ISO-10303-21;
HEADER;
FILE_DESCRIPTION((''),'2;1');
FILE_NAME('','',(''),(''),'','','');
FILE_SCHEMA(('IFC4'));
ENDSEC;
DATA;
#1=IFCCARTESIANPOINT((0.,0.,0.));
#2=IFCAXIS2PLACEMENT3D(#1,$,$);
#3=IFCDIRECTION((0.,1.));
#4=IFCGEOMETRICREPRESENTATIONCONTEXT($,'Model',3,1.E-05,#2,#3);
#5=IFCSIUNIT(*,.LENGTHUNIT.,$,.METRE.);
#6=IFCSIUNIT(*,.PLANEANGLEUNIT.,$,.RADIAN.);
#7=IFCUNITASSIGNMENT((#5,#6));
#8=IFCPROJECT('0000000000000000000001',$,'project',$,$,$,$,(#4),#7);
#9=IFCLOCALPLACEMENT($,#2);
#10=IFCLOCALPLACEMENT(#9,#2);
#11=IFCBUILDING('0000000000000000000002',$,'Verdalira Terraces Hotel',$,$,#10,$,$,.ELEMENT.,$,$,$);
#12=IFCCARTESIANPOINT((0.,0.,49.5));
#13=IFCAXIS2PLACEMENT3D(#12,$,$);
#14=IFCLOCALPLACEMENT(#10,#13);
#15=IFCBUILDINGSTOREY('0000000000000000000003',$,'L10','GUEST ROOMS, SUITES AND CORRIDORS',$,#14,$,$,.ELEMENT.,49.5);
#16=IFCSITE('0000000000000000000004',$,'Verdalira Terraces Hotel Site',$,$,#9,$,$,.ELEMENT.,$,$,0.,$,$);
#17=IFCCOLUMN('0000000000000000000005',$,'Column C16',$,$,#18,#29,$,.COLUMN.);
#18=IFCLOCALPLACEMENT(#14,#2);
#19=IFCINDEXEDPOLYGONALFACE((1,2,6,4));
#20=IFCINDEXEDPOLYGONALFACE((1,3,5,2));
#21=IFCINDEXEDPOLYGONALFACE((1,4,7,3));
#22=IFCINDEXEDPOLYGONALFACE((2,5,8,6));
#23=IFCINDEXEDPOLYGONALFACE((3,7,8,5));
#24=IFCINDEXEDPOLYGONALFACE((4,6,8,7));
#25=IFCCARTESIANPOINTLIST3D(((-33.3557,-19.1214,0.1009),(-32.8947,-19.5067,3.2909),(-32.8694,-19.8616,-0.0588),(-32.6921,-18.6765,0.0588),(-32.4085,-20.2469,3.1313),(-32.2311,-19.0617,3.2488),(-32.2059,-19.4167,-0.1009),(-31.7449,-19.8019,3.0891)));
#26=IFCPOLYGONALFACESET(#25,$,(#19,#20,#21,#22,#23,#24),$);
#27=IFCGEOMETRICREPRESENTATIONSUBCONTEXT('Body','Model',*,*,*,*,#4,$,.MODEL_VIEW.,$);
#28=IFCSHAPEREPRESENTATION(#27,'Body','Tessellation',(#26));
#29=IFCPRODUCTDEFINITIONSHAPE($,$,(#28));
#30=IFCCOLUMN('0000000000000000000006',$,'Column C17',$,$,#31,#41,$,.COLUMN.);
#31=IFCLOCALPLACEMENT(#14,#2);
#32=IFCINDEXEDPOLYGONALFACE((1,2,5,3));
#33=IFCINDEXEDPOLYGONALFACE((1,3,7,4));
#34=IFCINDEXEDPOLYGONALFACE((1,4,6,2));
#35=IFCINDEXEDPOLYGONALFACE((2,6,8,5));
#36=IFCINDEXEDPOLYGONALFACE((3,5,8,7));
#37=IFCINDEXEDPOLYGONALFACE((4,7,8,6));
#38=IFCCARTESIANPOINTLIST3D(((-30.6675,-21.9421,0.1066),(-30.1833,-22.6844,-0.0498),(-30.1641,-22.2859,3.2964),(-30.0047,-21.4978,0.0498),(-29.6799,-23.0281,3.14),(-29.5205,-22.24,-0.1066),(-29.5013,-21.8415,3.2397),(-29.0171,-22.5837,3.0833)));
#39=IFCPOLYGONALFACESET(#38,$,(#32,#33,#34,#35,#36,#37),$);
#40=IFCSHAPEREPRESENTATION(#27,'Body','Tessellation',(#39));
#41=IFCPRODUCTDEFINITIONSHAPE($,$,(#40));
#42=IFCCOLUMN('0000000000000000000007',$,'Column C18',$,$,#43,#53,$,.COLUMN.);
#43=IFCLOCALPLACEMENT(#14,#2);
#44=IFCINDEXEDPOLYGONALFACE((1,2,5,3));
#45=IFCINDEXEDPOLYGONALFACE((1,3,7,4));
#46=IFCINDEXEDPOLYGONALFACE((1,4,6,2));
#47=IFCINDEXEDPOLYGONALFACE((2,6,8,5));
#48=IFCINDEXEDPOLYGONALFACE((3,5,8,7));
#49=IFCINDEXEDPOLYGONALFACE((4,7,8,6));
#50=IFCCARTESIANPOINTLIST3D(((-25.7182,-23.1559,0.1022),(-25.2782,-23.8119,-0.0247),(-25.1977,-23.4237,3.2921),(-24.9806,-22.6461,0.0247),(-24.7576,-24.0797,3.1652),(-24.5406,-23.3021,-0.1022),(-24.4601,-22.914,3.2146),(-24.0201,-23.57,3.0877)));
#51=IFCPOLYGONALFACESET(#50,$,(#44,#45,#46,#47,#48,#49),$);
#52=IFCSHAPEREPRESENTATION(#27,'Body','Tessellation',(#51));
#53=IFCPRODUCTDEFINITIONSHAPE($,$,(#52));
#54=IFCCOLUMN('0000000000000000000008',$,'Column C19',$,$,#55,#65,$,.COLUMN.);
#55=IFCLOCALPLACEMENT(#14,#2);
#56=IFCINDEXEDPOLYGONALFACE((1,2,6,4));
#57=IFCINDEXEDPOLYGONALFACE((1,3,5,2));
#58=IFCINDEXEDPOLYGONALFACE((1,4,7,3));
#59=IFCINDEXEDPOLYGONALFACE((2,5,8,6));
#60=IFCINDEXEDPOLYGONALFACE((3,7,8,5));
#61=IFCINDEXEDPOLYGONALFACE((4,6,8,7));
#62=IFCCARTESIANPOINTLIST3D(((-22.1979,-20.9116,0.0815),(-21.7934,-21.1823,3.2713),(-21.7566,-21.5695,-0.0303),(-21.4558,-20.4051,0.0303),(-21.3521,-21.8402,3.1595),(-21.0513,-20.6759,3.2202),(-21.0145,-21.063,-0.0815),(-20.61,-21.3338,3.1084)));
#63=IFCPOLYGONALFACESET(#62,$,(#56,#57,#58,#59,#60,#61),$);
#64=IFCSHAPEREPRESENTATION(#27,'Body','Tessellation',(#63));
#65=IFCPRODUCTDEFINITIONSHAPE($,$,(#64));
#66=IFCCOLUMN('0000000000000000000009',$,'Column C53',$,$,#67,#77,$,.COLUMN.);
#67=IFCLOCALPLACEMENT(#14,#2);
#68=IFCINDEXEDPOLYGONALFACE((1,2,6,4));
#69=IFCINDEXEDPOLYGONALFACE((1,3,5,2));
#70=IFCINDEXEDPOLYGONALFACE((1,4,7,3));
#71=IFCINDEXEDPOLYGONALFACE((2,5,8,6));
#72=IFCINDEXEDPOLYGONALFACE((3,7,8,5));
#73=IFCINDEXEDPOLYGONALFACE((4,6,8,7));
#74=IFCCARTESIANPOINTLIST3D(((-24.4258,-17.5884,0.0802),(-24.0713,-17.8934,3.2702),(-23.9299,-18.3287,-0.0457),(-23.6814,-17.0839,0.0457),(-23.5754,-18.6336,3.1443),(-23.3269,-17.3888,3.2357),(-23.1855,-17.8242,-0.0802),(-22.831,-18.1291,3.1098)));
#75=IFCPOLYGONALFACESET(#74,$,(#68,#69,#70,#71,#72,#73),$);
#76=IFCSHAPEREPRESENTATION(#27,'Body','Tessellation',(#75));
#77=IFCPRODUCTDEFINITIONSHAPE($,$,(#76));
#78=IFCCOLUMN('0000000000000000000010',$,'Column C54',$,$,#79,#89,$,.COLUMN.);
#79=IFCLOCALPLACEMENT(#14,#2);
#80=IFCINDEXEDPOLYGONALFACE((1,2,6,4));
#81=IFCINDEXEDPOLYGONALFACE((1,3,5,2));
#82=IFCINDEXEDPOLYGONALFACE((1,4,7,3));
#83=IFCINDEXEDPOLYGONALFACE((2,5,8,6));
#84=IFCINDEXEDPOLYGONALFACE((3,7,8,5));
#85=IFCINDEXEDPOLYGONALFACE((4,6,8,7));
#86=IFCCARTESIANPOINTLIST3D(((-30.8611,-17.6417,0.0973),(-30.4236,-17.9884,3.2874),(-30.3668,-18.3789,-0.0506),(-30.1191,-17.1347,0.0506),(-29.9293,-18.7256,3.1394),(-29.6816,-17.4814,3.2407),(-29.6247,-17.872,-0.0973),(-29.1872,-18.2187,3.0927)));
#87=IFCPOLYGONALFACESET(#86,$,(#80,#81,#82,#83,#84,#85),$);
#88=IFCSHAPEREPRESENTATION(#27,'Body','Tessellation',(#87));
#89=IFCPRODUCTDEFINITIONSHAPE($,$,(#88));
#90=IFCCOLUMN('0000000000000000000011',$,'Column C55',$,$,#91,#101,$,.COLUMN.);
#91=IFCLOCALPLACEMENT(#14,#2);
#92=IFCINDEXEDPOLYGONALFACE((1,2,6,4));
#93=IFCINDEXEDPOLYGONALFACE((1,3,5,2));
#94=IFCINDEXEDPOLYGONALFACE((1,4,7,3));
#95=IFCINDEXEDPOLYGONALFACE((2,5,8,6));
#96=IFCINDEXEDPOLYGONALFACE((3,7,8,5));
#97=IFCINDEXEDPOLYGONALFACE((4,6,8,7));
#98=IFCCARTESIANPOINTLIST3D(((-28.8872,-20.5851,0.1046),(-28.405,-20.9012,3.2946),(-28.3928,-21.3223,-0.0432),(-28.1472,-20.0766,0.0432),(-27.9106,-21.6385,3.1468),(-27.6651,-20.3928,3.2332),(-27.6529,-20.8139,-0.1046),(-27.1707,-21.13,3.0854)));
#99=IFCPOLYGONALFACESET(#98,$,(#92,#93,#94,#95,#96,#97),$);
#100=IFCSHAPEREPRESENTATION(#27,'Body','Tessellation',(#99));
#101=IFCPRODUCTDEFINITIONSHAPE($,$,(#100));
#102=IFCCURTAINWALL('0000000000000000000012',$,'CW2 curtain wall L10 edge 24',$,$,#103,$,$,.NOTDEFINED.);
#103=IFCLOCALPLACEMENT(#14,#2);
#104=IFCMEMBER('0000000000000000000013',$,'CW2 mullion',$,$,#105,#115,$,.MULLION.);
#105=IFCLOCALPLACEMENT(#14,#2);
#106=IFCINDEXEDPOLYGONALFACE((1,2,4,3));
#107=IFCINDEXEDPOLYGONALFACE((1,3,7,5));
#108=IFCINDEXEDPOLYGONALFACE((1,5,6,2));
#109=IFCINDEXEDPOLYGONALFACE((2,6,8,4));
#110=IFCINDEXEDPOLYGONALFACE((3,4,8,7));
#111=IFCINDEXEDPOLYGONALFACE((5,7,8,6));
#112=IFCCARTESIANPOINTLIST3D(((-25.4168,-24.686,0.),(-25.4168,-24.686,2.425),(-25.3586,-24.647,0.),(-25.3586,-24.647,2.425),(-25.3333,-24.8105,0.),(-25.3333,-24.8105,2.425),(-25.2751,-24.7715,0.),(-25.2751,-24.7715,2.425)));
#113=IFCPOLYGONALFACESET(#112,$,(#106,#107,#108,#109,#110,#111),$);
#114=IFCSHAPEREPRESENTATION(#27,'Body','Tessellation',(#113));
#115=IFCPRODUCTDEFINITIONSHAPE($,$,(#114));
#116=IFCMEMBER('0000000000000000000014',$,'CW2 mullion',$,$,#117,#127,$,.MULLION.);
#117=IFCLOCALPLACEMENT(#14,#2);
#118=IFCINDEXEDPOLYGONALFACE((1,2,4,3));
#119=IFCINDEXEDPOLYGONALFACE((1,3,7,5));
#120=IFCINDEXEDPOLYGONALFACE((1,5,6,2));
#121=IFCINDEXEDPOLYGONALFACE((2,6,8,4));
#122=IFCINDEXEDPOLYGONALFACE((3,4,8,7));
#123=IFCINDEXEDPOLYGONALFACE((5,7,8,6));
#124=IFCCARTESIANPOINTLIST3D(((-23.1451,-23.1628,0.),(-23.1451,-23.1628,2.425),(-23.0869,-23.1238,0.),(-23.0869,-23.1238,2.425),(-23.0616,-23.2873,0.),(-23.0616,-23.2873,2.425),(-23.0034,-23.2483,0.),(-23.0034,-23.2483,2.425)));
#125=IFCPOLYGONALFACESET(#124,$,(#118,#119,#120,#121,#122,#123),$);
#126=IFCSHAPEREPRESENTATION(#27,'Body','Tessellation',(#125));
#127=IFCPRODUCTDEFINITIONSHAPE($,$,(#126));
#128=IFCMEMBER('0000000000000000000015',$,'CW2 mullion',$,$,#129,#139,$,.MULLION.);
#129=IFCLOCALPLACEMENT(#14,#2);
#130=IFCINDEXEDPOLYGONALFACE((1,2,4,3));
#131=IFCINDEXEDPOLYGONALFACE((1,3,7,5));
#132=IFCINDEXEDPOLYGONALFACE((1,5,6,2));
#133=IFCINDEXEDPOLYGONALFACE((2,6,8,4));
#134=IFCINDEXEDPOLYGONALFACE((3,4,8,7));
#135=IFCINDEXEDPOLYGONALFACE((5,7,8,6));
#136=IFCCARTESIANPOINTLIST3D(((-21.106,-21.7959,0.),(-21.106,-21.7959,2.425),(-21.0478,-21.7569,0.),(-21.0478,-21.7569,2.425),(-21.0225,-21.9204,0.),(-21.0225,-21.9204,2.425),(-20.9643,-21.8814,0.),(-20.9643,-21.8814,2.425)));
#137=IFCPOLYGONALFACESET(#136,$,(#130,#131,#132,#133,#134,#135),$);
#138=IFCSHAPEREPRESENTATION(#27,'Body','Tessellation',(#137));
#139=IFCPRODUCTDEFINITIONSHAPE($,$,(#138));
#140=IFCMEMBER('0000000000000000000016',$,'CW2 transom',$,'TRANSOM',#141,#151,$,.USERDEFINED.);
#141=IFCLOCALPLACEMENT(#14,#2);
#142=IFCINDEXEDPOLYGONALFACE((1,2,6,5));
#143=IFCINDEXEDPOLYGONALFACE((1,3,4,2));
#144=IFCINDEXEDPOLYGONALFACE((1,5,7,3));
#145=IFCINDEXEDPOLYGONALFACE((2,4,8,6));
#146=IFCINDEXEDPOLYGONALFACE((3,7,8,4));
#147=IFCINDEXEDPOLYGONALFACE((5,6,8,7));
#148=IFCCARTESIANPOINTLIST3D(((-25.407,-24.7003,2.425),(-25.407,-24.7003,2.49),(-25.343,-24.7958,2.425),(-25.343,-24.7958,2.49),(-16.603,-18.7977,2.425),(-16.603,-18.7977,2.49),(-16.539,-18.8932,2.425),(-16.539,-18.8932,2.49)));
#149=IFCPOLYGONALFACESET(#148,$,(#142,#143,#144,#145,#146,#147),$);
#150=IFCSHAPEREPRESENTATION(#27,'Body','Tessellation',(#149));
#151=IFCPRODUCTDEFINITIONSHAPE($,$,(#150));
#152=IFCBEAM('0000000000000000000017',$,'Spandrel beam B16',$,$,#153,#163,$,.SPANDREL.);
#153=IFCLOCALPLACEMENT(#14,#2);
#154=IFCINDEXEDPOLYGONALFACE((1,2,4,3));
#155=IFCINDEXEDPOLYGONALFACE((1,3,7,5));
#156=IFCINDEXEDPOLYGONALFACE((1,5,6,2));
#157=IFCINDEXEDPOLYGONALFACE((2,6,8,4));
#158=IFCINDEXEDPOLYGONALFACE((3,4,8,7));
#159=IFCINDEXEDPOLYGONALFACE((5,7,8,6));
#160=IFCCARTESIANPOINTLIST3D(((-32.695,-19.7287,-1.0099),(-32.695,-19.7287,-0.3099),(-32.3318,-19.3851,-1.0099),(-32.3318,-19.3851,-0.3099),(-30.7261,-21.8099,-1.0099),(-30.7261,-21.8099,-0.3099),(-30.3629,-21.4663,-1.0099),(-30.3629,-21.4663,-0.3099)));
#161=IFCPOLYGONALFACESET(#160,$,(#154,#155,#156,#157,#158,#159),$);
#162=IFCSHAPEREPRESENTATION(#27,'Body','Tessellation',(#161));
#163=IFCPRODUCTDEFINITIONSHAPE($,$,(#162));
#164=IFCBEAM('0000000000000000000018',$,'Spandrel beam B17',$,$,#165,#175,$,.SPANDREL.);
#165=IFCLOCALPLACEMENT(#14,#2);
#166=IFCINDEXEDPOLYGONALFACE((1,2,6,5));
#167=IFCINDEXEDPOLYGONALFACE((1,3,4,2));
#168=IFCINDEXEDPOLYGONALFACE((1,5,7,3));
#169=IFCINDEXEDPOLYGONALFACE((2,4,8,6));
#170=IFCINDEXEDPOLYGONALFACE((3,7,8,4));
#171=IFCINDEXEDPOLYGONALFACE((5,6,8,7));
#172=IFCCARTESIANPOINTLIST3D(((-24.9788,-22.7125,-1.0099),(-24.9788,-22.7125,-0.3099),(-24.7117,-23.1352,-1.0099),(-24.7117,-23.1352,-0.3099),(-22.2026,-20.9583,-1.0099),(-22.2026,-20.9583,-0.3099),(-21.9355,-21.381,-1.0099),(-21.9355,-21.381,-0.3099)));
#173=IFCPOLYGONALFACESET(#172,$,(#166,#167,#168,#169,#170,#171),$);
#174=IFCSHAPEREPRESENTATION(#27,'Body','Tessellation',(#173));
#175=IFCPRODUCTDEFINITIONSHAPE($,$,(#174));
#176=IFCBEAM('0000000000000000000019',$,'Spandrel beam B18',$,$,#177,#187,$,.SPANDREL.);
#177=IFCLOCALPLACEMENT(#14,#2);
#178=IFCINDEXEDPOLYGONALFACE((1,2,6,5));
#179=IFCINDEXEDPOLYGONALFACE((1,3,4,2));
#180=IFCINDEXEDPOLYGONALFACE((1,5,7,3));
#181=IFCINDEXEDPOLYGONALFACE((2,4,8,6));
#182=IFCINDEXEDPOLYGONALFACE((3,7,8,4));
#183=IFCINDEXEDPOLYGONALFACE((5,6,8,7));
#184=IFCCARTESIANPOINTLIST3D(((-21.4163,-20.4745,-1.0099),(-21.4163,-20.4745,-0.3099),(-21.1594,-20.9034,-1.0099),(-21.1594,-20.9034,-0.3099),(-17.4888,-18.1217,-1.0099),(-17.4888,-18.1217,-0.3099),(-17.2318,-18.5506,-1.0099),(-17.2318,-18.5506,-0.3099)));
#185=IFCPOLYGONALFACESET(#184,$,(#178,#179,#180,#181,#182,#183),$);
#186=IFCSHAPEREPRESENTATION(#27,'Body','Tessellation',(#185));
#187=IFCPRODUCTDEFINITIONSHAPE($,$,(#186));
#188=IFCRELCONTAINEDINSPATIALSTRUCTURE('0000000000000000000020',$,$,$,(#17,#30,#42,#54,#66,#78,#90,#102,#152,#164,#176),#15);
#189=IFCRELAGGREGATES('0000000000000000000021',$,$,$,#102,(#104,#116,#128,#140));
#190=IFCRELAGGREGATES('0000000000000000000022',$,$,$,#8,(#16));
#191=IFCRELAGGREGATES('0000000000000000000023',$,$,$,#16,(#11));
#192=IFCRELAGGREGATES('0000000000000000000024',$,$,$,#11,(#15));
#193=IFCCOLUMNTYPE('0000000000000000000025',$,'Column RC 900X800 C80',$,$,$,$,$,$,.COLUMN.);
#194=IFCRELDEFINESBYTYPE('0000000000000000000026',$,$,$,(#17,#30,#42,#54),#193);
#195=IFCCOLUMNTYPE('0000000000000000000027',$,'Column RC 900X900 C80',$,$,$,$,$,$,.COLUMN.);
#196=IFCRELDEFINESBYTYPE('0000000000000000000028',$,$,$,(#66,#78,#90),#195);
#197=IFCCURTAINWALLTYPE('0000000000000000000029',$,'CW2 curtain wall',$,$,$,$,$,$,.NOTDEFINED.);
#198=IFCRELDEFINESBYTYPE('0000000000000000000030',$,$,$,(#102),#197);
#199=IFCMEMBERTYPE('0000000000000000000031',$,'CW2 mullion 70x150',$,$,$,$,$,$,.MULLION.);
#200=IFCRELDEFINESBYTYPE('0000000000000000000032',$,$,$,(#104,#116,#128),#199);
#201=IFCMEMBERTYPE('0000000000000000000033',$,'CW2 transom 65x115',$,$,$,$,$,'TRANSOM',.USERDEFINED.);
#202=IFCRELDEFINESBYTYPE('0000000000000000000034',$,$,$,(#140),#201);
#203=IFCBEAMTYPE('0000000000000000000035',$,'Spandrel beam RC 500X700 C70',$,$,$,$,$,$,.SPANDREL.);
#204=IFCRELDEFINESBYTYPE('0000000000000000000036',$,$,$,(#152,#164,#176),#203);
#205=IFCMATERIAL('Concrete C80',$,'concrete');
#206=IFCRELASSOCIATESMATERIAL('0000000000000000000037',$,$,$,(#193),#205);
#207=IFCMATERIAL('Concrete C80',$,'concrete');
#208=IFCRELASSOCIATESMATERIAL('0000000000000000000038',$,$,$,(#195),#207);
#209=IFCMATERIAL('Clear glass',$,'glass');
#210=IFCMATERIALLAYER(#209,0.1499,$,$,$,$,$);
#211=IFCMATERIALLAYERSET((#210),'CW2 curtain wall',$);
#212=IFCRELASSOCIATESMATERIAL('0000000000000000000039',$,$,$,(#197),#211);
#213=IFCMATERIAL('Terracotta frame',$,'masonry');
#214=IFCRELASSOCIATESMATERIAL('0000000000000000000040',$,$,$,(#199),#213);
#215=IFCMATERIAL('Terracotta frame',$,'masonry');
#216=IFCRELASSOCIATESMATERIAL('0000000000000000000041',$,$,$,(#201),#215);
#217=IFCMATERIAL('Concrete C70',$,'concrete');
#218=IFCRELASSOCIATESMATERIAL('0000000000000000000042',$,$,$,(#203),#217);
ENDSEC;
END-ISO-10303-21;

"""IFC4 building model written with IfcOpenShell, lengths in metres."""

from ifc_helpers import new_model, si_unit, direction, frame, origin, origin_2d, place, context, subcontext, project, spatial, rectangle, extrude, material, layer, layer_set, material_profile, profile_set, type_object, element, aggregate, save


model = new_model("IFC4")

# Units and contexts
model_context = context("Model", 3, precision=1e-05, world=origin(), true_north=direction((0.0, 1.0)))
body_context = subcontext(model_context, "Body", "Model", "MODEL_VIEW")
ifc_project = project(units=[si_unit("LENGTHUNIT", "METRE"), si_unit("PLANEANGLEUNIT", "RADIAN")], contexts=[model_context])

# Site, building, storey
site_placement = place(None, origin())
site = spatial("IfcSite", under=ifc_project, at=site_placement, Name="Verdalira Terraces Hotel Site", CompositionType="ELEMENT", RefElevation=0.0)
building_placement = place(site_placement, origin())
building = spatial("IfcBuilding", under=site, at=building_placement, Name="Verdalira Terraces Hotel", CompositionType="ELEMENT")
storey_placement = place(building_placement, frame((0.0, 0.0, 49.5)))
storey = spatial("IfcBuildingStorey", under=building, at=storey_placement, Name="L10", Description="GUEST ROOMS, SUITES AND CORRIDORS", CompositionType="ELEMENT", Elevation=49.5)

# Columns
ifc_material_1 = material(Name="Concrete C80", Category="concrete")
ifc_material_profile_1 = material_profile(ifc_material_1, rectangle(XDim=0.8999, YDim=0.8, at=origin_2d()), Name="RC 900X800")
ifc_profile_set_1 = profile_set([ifc_material_profile_1], Name="Concrete C80")
column_type_1 = type_object("IfcColumnType", Name="Column RC 900X800 C80", PredefinedType="COLUMN", material=ifc_profile_set_1)
column_1_placement = place(storey_placement, frame((-32.7808, -19.269, 0.0), z_axis=(0.142001, -0.118685, 0.982726), x_axis=(0.540302, -0.822556, -0.177413)))
element("IfcColumn", 1, at=column_1_placement, inside=storey, type_object=column_type_1, Name="Column C16", PredefinedType="COLUMN", context=body_context, shape_type="SweptSolid", body=[
    extrude(rectangle(XDim=0.8999, YDim=0.8, at=origin_2d()), origin(), (0.0, 0.0, 1.0), 3.2461),
])
column_2_placement = place(storey_placement, frame((-30.094, -22.0911, 0.0), z_axis=(0.155009, -0.105845, 0.982227), x_axis=(0.538067, -0.824791, -0.173794)))
element("IfcColumn", 2, at=column_2_placement, inside=storey, type_object=column_type_1, Name="Column C17", PredefinedType="COLUMN", context=body_context, shape_type="SweptSolid", body=[
    extrude(rectangle(XDim=0.8999, YDim=0.8, at=origin_2d()), origin(), (0.0, 0.0, 1.0), 3.2476),
])
column_3_placement = place(storey_placement, frame((-25.1294, -23.229, 0.0), z_axis=(0.160492, -0.082579, 0.983577), x_axis=(0.819589, 0.566434, -0.086177)))
element("IfcColumn", 3, at=column_3_placement, inside=storey, type_object=column_type_1, Name="Column C18", PredefinedType="COLUMN", context=body_context, shape_type="SweptSolid", body=[
    extrude(rectangle(XDim=0.8999, YDim=0.8, at=origin_2d()), origin(), (0.0, 0.0, 1.0), 3.2432),
])
column_4_placement = place(storey_placement, frame((-21.6062, -20.9873, 0.0), z_axis=(0.125366, -0.083905, 0.988556), x_axis=(0.82465, 0.562784, -0.056813)))
element("IfcColumn", 4, at=column_4_placement, inside=storey, type_object=column_type_1, Name="Column C19", PredefinedType="COLUMN", context=body_context, shape_type="SweptSolid", body=[
    extrude(rectangle(XDim=0.8999, YDim=0.8, at=origin_2d()), origin(), (0.0, 0.0, 1.0), 3.2268),
])
ifc_material_2 = material(Name="Concrete C80", Category="concrete")
ifc_material_profile_2 = material_profile(ifc_material_2, rectangle(XDim=0.8999, YDim=0.8999, at=origin_2d()), Name="RC 900X900")
ifc_profile_set_2 = profile_set([ifc_material_profile_2], Name="Concrete C80")
column_type_2 = type_object("IfcColumnType", Name="Column RC 900X900 C80", PredefinedType="COLUMN", material=ifc_profile_set_2)
column_5_placement = place(storey_placement, frame((-23.8057, -17.7063, 0.0), z_axis=(0.109953, -0.094581, 0.989426), x_axis=(-0.82717, -0.560643, 0.038329)))
element("IfcColumn", 5, at=column_5_placement, inside=storey, type_object=column_type_2, Name="Column C53", PredefinedType="COLUMN", context=body_context, shape_type="SweptSolid", body=[
    extrude(rectangle(XDim=0.8999, YDim=0.8999, at=origin_2d()), origin(), (0.0, 0.0, 1.0), 3.2241),
])
column_6_placement = place(storey_placement, frame((-30.2429, -17.7568, 0.0), z_axis=(0.135097, -0.107052, 0.985032), x_axis=(-0.824597, -0.563338, 0.05187)))
element("IfcColumn", 6, at=column_6_placement, inside=storey, type_object=column_type_2, Name="Column C54", PredefinedType="COLUMN", context=body_context, shape_type="SweptSolid", body=[
    extrude(rectangle(XDim=0.8999, YDim=0.8999, at=origin_2d()), origin(), (0.0, 0.0, 1.0), 3.2385),
])
column_7_placement = place(storey_placement, frame((-28.27, -20.6995, 0.0), z_axis=(0.148745, -0.097532, 0.984054), x_axis=(-0.822232, -0.565041, 0.068283)))
element("IfcColumn", 7, at=column_7_placement, inside=storey, type_object=column_type_2, Name="Column C55", PredefinedType="COLUMN", context=body_context, shape_type="SweptSolid", body=[
    extrude(rectangle(XDim=0.8999, YDim=0.8999, at=origin_2d()), origin(), (0.0, 0.0, 1.0), 3.2417),
])

# Curtain wall, members
ifc_material_3 = material(Name="Clear glass", Category="glass")
ifc_layer_1 = layer(ifc_material_3, 0.1499)
ifc_layer_set_1 = layer_set([ifc_layer_1], Name="CW2 curtain wall")
curtain_wall_type = type_object("IfcCurtainWallType", Name="CW2 curtain wall", PredefinedType="NOTDEFINED", material=ifc_layer_set_1)
curtain_wall_placement = place(storey_placement, origin())
curtain_wall = element("IfcCurtainWall", 8, at=curtain_wall_placement, inside=storey, type_object=curtain_wall_type, Name="CW2 curtain wall L10 edge 24", PredefinedType="NOTDEFINED")
ifc_material_4 = material(Name="Terracotta frame", Category="masonry")
ifc_material_profile_3 = material_profile(ifc_material_4, rectangle(XDim=0.0701, YDim=0.1499, at=origin_2d()), Name="MU 70x150")
ifc_profile_set_3 = profile_set([ifc_material_profile_3], Name="Terracotta frame")
member_type_1 = type_object("IfcMemberType", Name="CW2 mullion 70x150", PredefinedType="MULLION", material=ifc_profile_set_3)
member_1_placement = place(storey_placement, frame((-25.3459, -24.7288, 0.0), z_axis=(0.0, 0.0, 1.0), x_axis=(0.830596, 0.556876, 0.0)))
member_1 = element("IfcMember", 9, at=member_1_placement, type_object=member_type_1, Name="CW2 mullion", PredefinedType="MULLION", context=body_context, shape_type="SweptSolid", body=[
    extrude(rectangle(XDim=0.0701, YDim=0.1499, at=origin_2d()), origin(), (0.0, 0.0, 1.0), 2.425),
])
member_2_placement = place(storey_placement, frame((-23.0742, -23.2056, 0.0), z_axis=(0.0, 0.0, 1.0), x_axis=(0.830596, 0.556876, 0.0)))
member_2 = element("IfcMember", 10, at=member_2_placement, type_object=member_type_1, Name="CW2 mullion", PredefinedType="MULLION", context=body_context, shape_type="SweptSolid", body=[
    extrude(rectangle(XDim=0.0701, YDim=0.1499, at=origin_2d()), origin(), (0.0, 0.0, 1.0), 2.425),
])
member_3_placement = place(storey_placement, frame((-21.0352, -21.8386, 0.0), z_axis=(0.0, 0.0, 1.0), x_axis=(0.830596, 0.556876, 0.0)))
member_3 = element("IfcMember", 11, at=member_3_placement, type_object=member_type_1, Name="CW2 mullion", PredefinedType="MULLION", context=body_context, shape_type="SweptSolid", body=[
    extrude(rectangle(XDim=0.0701, YDim=0.1499, at=origin_2d()), origin(), (0.0, 0.0, 1.0), 2.425),
])
ifc_material_5 = material(Name="Terracotta frame", Category="masonry")
ifc_material_profile_4 = material_profile(ifc_material_5, rectangle(XDim=0.115, YDim=0.0649, at=origin_2d()), Name="TR 65x115")
ifc_profile_set_4 = profile_set([ifc_material_profile_4], Name="Terracotta frame")
member_type_2 = type_object("IfcMemberType", Name="CW2 transom 65x115", ElementType="TRANSOM", PredefinedType="USERDEFINED", material=ifc_profile_set_4)
member_4_placement = place(storey_placement, frame((-25.375, -24.748, 2.4575), z_axis=(0.830598, 0.556872, 0.0), x_axis=(-0.556872, 0.830598, 0.0)))
member_4 = element("IfcMember", 12, at=member_4_placement, type_object=member_type_2, Name="CW2 transom", ObjectType="TRANSOM", PredefinedType="USERDEFINED", context=body_context, shape_type="SweptSolid", body=[
    extrude(rectangle(XDim=0.115, YDim=0.0649, at=origin_2d()), origin(), (0.0, 0.0, 1.0), 10.5996),
])

# Beams
ifc_material_6 = material(Name="Concrete C70", Category="concrete")
ifc_material_profile_5 = material_profile(ifc_material_6, rectangle(XDim=0.5, YDim=0.7, at=origin_2d()), Name="RC 500X700")
ifc_profile_set_5 = profile_set([ifc_material_profile_5], Name="Concrete C70")
beam_type = type_object("IfcBeamType", Name="Spandrel beam RC 500X700 C70", PredefinedType="SPANDREL", material=ifc_profile_set_5)
beam_1_placement = place(storey_placement, frame((-32.5134, -19.5569, -0.6599), z_axis=(0.687236, -0.726434, 0.0), x_axis=(0.726434, 0.687236, 0.0)))
element("IfcBeam", 13, at=beam_1_placement, inside=storey, type_object=beam_type, Name="Spandrel beam B16", PredefinedType="SPANDREL", context=body_context, shape_type="SweptSolid", body=[
    extrude(rectangle(XDim=0.5, YDim=0.7, at=origin_2d()), origin(), (0.0, 0.0, 1.0), 2.865),
])
beam_2_placement = place(storey_placement, frame((-24.8452, -22.9238, -0.6599), z_axis=(0.845378, 0.534169, 0.0), x_axis=(-0.534169, 0.845378, 0.0)))
element("IfcBeam", 14, at=beam_2_placement, inside=storey, type_object=beam_type, Name="Spandrel beam B17", PredefinedType="SPANDREL", context=body_context, shape_type="SweptSolid", body=[
    extrude(rectangle(XDim=0.5, YDim=0.7, at=origin_2d()), origin(), (0.0, 0.0, 1.0), 3.2839),
])
beam_3_placement = place(storey_placement, frame((-21.2878, -20.689, -0.6599), z_axis=(0.85785, 0.5139, 0.0), x_axis=(-0.5139, 0.85785, 0.0)))
element("IfcBeam", 15, at=beam_3_placement, inside=storey, type_object=beam_type, Name="Spandrel beam B18", PredefinedType="SPANDREL", context=body_context, shape_type="SweptSolid", body=[
    extrude(rectangle(XDim=0.5, YDim=0.7, at=origin_2d()), origin(), (0.0, 0.0, 1.0), 4.5784),
])

aggregate(curtain_wall, [member_1, member_2, member_3, member_4])

save(model, "model.ifc")
